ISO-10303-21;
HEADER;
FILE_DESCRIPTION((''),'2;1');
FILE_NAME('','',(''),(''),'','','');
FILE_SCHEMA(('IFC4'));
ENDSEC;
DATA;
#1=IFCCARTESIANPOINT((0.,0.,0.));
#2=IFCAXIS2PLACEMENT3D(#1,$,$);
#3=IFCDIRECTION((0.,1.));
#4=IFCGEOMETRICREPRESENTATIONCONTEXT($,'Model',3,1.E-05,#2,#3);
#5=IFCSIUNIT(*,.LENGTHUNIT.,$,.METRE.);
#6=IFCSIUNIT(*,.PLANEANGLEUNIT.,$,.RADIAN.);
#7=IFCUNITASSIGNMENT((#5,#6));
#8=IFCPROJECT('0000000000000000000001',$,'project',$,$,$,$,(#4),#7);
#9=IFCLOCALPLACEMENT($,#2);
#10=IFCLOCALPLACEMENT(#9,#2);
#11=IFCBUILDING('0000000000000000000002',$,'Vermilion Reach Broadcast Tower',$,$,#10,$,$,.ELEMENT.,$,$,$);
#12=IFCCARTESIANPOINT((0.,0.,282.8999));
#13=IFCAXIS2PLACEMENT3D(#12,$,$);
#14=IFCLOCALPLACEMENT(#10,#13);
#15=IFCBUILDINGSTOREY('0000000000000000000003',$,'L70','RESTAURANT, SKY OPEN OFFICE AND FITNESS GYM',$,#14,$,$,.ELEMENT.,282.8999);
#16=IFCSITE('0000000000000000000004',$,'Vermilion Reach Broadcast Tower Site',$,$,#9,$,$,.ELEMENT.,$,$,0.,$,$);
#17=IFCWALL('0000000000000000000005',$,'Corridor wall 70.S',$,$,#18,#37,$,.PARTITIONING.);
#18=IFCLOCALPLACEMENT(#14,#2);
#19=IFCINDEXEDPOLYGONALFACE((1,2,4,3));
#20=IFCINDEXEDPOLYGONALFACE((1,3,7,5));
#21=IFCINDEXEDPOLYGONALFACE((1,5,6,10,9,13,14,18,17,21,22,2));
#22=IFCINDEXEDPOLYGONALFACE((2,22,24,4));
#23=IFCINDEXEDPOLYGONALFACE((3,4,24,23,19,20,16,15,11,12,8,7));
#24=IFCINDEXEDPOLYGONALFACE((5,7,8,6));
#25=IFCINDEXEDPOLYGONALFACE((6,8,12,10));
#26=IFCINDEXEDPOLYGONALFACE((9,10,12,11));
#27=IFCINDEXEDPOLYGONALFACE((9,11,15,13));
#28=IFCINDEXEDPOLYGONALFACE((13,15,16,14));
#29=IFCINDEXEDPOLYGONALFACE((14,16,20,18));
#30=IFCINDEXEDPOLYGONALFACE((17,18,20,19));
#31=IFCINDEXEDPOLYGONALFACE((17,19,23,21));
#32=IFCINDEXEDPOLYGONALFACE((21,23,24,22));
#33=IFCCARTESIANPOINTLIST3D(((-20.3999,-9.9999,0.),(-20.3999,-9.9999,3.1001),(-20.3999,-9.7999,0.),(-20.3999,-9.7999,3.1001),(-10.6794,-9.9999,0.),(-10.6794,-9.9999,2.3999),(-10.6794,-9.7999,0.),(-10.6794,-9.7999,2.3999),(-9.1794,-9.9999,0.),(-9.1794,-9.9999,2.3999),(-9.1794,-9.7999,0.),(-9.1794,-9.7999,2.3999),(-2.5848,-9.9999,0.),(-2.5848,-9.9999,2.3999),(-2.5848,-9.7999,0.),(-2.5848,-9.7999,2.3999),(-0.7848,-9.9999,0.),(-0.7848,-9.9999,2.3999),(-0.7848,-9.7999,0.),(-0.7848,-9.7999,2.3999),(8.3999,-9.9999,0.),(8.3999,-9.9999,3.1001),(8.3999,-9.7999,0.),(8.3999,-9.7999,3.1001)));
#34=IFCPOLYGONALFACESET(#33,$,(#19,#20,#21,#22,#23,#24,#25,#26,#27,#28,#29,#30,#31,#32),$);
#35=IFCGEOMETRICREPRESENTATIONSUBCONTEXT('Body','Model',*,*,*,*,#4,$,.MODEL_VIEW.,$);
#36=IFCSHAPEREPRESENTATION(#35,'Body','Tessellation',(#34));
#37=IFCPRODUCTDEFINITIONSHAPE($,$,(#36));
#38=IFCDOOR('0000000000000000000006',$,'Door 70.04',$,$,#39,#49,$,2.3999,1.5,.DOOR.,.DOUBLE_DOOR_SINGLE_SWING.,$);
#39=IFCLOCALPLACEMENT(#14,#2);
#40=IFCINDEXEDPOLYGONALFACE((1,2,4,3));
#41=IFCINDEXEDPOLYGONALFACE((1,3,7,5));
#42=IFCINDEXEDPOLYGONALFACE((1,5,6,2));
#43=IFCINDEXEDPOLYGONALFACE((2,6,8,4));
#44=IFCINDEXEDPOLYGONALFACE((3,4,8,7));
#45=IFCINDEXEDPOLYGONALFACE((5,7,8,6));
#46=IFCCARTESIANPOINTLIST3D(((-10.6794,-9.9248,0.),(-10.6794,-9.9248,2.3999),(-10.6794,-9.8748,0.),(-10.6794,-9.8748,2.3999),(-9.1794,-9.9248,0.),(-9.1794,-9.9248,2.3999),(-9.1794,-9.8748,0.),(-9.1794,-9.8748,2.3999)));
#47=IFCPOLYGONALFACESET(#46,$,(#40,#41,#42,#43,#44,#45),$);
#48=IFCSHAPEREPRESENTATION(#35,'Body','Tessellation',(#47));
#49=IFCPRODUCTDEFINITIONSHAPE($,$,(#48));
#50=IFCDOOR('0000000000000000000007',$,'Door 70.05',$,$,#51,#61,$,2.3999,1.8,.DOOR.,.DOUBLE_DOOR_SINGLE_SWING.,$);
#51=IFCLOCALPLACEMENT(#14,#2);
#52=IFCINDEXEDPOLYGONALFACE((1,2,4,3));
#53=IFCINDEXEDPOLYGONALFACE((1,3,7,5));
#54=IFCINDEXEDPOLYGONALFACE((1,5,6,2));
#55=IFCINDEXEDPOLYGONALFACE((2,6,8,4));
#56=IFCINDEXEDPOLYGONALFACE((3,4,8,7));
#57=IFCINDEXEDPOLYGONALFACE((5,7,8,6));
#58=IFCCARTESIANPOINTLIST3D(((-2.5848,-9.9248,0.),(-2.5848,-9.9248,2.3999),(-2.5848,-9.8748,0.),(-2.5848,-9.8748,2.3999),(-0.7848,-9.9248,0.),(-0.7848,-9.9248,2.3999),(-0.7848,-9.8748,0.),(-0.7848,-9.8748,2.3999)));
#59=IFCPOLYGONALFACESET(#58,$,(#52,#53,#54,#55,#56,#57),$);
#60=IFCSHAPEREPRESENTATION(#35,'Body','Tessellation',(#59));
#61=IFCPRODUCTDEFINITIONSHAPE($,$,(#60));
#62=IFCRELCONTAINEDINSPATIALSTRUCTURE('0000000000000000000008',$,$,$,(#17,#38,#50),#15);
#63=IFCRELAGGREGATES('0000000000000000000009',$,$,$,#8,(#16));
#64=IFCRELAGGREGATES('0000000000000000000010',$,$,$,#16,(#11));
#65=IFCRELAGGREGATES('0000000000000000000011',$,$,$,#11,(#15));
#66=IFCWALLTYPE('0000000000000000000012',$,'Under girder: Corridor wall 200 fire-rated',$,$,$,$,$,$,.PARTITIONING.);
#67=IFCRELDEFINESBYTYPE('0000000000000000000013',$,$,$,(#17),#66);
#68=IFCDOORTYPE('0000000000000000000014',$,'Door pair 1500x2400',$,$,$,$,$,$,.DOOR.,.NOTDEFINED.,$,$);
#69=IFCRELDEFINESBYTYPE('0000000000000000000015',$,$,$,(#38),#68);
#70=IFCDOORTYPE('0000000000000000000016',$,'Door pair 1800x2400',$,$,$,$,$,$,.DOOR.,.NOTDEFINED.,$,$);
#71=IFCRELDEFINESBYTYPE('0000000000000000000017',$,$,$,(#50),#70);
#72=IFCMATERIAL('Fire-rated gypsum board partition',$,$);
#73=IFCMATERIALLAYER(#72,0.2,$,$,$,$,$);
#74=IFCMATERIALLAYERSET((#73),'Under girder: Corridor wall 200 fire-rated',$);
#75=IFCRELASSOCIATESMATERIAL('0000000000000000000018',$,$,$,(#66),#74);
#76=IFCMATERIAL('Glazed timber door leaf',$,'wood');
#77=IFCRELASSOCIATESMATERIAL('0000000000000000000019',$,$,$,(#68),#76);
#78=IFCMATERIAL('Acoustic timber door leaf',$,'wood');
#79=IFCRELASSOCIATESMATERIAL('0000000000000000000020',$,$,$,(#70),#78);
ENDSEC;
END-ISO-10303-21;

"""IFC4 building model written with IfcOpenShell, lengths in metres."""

from ifc_helpers import new_model, si_unit, direction, frame, frame_2d, origin, place, context, subcontext, project, spatial, rectangle, extrude, material, layer, layer_set, type_object, element, fill, save


model = new_model("IFC4")

# Units and contexts
model_context = context("Model", 3, precision=1e-05, world=origin(), true_north=direction((0.0, 1.0)))
body_context = subcontext(model_context, "Body", "Model", "MODEL_VIEW")
ifc_project = project(units=[si_unit("LENGTHUNIT", "METRE"), si_unit("PLANEANGLEUNIT", "RADIAN")], contexts=[model_context])

# Site, building, storey
site_placement = place(None, origin())
site = spatial("IfcSite", under=ifc_project, at=site_placement, Name="Vermilion Reach Broadcast Tower Site", CompositionType="ELEMENT", RefElevation=0.0)
building_placement = place(site_placement, origin())
building = spatial("IfcBuilding", under=site, at=building_placement, Name="Vermilion Reach Broadcast Tower", CompositionType="ELEMENT")
storey_placement = place(building_placement, frame((0.0, 0.0, 282.8999)))
storey = spatial("IfcBuildingStorey", under=building, at=storey_placement, Name="L70", Description="RESTAURANT, SKY OPEN OFFICE AND FITNESS GYM", CompositionType="ELEMENT", Elevation=282.8999)

# Wall, openings, doors
ifc_material_1 = material(Name="Fire-rated gypsum board partition")
ifc_layer_1 = layer(ifc_material_1, 0.2)
ifc_layer_set_1 = layer_set([ifc_layer_1], Name="Under girder: Corridor wall 200 fire-rated")
wall_type_1 = type_object("IfcWallType", Name="Under girder: Corridor wall 200 fire-rated", PredefinedType="PARTITIONING", material=ifc_layer_set_1)
wall_1_placement = place(storey_placement, frame((8.3999, -9.8999, 0.0), z_axis=(0.0, 0.0, 1.0), x_axis=(-1.0, 0.0, 0.0)))
wall_1 = element("IfcWall", 1, at=wall_1_placement, inside=storey, type_object=wall_type_1, Name="Corridor wall 70.S", PredefinedType="PARTITIONING", context=body_context, shape_type="SweptSolid", body=[
    extrude(rectangle(XDim=28.7998, YDim=0.2, at=frame_2d((14.3999, 0.0))), origin(), (0.0, 0.0, 1.0), 3.1001),
])
opening_1_placement = place(wall_1_placement, frame((17.5793, 0.0, 0.0)))
opening_1 = element("IfcOpeningElement", 2, at=opening_1_placement, cuts=wall_1, PredefinedType="OPENING", context=body_context, shape_type="SweptSolid", body=[
    extrude(rectangle(XDim=1.5, YDim=2.3999, at=frame_2d((0.75, 1.2))), frame((0.0, 0.1099, 0.0), z_axis=(0.0, -1.0, 0.0), x_axis=(1.0, 0.0, 0.0)), (0.0, 0.0, 1.0), 0.22),
])
opening_2_placement = place(wall_1_placement, frame((9.1848, 0.0, 0.0)))
opening_2 = element("IfcOpeningElement", 3, at=opening_2_placement, cuts=wall_1, PredefinedType="OPENING", context=body_context, shape_type="SweptSolid", body=[
    extrude(rectangle(XDim=1.8, YDim=2.3999, at=frame_2d((0.8999, 1.2))), frame((0.0, 0.1099, 0.0), z_axis=(0.0, -1.0, 0.0), x_axis=(1.0, 0.0, 0.0)), (0.0, 0.0, 1.0), 0.22),
])
ifc_material_2 = material(Name="Glazed timber door leaf", Category="wood")
door_type_1 = type_object("IfcDoorType", Name="Door pair 1500x2400", OperationType="NOTDEFINED", PredefinedType="DOOR", material=ifc_material_2)
door_1_placement = place(opening_1_placement, origin())
door_1 = element("IfcDoor", 4, at=door_1_placement, inside=storey, type_object=door_type_1, Name="Door 70.04", OperationType="DOUBLE_DOOR_SINGLE_SWING", OverallHeight=2.3999, OverallWidth=1.5, PredefinedType="DOOR", context=body_context, shape_type="SweptSolid", body=[
    extrude(rectangle(XDim=1.5, YDim=2.3999, at=frame_2d((0.75, 1.2))), frame((0.0, 0.0249, 0.0), z_axis=(0.0, -1.0, 0.0), x_axis=(1.0, 0.0, 0.0)), (0.0, 0.0, 1.0), 0.05),
])
fill(opening_1, door_1)
ifc_material_3 = material(Name="Acoustic timber door leaf", Category="wood")
door_type_2 = type_object("IfcDoorType", Name="Door pair 1800x2400", OperationType="NOTDEFINED", PredefinedType="DOOR", material=ifc_material_3)
door_2_placement = place(opening_2_placement, origin())
door_2 = element("IfcDoor", 5, at=door_2_placement, inside=storey, type_object=door_type_2, Name="Door 70.05", OperationType="DOUBLE_DOOR_SINGLE_SWING", OverallHeight=2.3999, OverallWidth=1.8, PredefinedType="DOOR", context=body_context, shape_type="SweptSolid", body=[
    extrude(rectangle(XDim=1.8, YDim=2.3999, at=frame_2d((0.8999, 1.2))), frame((0.0, 0.0249, 0.0), z_axis=(0.0, -1.0, 0.0), x_axis=(1.0, 0.0, 0.0)), (0.0, 0.0, 1.0), 0.05),
])
fill(opening_2, door_2)

save(model, "model.ifc")
